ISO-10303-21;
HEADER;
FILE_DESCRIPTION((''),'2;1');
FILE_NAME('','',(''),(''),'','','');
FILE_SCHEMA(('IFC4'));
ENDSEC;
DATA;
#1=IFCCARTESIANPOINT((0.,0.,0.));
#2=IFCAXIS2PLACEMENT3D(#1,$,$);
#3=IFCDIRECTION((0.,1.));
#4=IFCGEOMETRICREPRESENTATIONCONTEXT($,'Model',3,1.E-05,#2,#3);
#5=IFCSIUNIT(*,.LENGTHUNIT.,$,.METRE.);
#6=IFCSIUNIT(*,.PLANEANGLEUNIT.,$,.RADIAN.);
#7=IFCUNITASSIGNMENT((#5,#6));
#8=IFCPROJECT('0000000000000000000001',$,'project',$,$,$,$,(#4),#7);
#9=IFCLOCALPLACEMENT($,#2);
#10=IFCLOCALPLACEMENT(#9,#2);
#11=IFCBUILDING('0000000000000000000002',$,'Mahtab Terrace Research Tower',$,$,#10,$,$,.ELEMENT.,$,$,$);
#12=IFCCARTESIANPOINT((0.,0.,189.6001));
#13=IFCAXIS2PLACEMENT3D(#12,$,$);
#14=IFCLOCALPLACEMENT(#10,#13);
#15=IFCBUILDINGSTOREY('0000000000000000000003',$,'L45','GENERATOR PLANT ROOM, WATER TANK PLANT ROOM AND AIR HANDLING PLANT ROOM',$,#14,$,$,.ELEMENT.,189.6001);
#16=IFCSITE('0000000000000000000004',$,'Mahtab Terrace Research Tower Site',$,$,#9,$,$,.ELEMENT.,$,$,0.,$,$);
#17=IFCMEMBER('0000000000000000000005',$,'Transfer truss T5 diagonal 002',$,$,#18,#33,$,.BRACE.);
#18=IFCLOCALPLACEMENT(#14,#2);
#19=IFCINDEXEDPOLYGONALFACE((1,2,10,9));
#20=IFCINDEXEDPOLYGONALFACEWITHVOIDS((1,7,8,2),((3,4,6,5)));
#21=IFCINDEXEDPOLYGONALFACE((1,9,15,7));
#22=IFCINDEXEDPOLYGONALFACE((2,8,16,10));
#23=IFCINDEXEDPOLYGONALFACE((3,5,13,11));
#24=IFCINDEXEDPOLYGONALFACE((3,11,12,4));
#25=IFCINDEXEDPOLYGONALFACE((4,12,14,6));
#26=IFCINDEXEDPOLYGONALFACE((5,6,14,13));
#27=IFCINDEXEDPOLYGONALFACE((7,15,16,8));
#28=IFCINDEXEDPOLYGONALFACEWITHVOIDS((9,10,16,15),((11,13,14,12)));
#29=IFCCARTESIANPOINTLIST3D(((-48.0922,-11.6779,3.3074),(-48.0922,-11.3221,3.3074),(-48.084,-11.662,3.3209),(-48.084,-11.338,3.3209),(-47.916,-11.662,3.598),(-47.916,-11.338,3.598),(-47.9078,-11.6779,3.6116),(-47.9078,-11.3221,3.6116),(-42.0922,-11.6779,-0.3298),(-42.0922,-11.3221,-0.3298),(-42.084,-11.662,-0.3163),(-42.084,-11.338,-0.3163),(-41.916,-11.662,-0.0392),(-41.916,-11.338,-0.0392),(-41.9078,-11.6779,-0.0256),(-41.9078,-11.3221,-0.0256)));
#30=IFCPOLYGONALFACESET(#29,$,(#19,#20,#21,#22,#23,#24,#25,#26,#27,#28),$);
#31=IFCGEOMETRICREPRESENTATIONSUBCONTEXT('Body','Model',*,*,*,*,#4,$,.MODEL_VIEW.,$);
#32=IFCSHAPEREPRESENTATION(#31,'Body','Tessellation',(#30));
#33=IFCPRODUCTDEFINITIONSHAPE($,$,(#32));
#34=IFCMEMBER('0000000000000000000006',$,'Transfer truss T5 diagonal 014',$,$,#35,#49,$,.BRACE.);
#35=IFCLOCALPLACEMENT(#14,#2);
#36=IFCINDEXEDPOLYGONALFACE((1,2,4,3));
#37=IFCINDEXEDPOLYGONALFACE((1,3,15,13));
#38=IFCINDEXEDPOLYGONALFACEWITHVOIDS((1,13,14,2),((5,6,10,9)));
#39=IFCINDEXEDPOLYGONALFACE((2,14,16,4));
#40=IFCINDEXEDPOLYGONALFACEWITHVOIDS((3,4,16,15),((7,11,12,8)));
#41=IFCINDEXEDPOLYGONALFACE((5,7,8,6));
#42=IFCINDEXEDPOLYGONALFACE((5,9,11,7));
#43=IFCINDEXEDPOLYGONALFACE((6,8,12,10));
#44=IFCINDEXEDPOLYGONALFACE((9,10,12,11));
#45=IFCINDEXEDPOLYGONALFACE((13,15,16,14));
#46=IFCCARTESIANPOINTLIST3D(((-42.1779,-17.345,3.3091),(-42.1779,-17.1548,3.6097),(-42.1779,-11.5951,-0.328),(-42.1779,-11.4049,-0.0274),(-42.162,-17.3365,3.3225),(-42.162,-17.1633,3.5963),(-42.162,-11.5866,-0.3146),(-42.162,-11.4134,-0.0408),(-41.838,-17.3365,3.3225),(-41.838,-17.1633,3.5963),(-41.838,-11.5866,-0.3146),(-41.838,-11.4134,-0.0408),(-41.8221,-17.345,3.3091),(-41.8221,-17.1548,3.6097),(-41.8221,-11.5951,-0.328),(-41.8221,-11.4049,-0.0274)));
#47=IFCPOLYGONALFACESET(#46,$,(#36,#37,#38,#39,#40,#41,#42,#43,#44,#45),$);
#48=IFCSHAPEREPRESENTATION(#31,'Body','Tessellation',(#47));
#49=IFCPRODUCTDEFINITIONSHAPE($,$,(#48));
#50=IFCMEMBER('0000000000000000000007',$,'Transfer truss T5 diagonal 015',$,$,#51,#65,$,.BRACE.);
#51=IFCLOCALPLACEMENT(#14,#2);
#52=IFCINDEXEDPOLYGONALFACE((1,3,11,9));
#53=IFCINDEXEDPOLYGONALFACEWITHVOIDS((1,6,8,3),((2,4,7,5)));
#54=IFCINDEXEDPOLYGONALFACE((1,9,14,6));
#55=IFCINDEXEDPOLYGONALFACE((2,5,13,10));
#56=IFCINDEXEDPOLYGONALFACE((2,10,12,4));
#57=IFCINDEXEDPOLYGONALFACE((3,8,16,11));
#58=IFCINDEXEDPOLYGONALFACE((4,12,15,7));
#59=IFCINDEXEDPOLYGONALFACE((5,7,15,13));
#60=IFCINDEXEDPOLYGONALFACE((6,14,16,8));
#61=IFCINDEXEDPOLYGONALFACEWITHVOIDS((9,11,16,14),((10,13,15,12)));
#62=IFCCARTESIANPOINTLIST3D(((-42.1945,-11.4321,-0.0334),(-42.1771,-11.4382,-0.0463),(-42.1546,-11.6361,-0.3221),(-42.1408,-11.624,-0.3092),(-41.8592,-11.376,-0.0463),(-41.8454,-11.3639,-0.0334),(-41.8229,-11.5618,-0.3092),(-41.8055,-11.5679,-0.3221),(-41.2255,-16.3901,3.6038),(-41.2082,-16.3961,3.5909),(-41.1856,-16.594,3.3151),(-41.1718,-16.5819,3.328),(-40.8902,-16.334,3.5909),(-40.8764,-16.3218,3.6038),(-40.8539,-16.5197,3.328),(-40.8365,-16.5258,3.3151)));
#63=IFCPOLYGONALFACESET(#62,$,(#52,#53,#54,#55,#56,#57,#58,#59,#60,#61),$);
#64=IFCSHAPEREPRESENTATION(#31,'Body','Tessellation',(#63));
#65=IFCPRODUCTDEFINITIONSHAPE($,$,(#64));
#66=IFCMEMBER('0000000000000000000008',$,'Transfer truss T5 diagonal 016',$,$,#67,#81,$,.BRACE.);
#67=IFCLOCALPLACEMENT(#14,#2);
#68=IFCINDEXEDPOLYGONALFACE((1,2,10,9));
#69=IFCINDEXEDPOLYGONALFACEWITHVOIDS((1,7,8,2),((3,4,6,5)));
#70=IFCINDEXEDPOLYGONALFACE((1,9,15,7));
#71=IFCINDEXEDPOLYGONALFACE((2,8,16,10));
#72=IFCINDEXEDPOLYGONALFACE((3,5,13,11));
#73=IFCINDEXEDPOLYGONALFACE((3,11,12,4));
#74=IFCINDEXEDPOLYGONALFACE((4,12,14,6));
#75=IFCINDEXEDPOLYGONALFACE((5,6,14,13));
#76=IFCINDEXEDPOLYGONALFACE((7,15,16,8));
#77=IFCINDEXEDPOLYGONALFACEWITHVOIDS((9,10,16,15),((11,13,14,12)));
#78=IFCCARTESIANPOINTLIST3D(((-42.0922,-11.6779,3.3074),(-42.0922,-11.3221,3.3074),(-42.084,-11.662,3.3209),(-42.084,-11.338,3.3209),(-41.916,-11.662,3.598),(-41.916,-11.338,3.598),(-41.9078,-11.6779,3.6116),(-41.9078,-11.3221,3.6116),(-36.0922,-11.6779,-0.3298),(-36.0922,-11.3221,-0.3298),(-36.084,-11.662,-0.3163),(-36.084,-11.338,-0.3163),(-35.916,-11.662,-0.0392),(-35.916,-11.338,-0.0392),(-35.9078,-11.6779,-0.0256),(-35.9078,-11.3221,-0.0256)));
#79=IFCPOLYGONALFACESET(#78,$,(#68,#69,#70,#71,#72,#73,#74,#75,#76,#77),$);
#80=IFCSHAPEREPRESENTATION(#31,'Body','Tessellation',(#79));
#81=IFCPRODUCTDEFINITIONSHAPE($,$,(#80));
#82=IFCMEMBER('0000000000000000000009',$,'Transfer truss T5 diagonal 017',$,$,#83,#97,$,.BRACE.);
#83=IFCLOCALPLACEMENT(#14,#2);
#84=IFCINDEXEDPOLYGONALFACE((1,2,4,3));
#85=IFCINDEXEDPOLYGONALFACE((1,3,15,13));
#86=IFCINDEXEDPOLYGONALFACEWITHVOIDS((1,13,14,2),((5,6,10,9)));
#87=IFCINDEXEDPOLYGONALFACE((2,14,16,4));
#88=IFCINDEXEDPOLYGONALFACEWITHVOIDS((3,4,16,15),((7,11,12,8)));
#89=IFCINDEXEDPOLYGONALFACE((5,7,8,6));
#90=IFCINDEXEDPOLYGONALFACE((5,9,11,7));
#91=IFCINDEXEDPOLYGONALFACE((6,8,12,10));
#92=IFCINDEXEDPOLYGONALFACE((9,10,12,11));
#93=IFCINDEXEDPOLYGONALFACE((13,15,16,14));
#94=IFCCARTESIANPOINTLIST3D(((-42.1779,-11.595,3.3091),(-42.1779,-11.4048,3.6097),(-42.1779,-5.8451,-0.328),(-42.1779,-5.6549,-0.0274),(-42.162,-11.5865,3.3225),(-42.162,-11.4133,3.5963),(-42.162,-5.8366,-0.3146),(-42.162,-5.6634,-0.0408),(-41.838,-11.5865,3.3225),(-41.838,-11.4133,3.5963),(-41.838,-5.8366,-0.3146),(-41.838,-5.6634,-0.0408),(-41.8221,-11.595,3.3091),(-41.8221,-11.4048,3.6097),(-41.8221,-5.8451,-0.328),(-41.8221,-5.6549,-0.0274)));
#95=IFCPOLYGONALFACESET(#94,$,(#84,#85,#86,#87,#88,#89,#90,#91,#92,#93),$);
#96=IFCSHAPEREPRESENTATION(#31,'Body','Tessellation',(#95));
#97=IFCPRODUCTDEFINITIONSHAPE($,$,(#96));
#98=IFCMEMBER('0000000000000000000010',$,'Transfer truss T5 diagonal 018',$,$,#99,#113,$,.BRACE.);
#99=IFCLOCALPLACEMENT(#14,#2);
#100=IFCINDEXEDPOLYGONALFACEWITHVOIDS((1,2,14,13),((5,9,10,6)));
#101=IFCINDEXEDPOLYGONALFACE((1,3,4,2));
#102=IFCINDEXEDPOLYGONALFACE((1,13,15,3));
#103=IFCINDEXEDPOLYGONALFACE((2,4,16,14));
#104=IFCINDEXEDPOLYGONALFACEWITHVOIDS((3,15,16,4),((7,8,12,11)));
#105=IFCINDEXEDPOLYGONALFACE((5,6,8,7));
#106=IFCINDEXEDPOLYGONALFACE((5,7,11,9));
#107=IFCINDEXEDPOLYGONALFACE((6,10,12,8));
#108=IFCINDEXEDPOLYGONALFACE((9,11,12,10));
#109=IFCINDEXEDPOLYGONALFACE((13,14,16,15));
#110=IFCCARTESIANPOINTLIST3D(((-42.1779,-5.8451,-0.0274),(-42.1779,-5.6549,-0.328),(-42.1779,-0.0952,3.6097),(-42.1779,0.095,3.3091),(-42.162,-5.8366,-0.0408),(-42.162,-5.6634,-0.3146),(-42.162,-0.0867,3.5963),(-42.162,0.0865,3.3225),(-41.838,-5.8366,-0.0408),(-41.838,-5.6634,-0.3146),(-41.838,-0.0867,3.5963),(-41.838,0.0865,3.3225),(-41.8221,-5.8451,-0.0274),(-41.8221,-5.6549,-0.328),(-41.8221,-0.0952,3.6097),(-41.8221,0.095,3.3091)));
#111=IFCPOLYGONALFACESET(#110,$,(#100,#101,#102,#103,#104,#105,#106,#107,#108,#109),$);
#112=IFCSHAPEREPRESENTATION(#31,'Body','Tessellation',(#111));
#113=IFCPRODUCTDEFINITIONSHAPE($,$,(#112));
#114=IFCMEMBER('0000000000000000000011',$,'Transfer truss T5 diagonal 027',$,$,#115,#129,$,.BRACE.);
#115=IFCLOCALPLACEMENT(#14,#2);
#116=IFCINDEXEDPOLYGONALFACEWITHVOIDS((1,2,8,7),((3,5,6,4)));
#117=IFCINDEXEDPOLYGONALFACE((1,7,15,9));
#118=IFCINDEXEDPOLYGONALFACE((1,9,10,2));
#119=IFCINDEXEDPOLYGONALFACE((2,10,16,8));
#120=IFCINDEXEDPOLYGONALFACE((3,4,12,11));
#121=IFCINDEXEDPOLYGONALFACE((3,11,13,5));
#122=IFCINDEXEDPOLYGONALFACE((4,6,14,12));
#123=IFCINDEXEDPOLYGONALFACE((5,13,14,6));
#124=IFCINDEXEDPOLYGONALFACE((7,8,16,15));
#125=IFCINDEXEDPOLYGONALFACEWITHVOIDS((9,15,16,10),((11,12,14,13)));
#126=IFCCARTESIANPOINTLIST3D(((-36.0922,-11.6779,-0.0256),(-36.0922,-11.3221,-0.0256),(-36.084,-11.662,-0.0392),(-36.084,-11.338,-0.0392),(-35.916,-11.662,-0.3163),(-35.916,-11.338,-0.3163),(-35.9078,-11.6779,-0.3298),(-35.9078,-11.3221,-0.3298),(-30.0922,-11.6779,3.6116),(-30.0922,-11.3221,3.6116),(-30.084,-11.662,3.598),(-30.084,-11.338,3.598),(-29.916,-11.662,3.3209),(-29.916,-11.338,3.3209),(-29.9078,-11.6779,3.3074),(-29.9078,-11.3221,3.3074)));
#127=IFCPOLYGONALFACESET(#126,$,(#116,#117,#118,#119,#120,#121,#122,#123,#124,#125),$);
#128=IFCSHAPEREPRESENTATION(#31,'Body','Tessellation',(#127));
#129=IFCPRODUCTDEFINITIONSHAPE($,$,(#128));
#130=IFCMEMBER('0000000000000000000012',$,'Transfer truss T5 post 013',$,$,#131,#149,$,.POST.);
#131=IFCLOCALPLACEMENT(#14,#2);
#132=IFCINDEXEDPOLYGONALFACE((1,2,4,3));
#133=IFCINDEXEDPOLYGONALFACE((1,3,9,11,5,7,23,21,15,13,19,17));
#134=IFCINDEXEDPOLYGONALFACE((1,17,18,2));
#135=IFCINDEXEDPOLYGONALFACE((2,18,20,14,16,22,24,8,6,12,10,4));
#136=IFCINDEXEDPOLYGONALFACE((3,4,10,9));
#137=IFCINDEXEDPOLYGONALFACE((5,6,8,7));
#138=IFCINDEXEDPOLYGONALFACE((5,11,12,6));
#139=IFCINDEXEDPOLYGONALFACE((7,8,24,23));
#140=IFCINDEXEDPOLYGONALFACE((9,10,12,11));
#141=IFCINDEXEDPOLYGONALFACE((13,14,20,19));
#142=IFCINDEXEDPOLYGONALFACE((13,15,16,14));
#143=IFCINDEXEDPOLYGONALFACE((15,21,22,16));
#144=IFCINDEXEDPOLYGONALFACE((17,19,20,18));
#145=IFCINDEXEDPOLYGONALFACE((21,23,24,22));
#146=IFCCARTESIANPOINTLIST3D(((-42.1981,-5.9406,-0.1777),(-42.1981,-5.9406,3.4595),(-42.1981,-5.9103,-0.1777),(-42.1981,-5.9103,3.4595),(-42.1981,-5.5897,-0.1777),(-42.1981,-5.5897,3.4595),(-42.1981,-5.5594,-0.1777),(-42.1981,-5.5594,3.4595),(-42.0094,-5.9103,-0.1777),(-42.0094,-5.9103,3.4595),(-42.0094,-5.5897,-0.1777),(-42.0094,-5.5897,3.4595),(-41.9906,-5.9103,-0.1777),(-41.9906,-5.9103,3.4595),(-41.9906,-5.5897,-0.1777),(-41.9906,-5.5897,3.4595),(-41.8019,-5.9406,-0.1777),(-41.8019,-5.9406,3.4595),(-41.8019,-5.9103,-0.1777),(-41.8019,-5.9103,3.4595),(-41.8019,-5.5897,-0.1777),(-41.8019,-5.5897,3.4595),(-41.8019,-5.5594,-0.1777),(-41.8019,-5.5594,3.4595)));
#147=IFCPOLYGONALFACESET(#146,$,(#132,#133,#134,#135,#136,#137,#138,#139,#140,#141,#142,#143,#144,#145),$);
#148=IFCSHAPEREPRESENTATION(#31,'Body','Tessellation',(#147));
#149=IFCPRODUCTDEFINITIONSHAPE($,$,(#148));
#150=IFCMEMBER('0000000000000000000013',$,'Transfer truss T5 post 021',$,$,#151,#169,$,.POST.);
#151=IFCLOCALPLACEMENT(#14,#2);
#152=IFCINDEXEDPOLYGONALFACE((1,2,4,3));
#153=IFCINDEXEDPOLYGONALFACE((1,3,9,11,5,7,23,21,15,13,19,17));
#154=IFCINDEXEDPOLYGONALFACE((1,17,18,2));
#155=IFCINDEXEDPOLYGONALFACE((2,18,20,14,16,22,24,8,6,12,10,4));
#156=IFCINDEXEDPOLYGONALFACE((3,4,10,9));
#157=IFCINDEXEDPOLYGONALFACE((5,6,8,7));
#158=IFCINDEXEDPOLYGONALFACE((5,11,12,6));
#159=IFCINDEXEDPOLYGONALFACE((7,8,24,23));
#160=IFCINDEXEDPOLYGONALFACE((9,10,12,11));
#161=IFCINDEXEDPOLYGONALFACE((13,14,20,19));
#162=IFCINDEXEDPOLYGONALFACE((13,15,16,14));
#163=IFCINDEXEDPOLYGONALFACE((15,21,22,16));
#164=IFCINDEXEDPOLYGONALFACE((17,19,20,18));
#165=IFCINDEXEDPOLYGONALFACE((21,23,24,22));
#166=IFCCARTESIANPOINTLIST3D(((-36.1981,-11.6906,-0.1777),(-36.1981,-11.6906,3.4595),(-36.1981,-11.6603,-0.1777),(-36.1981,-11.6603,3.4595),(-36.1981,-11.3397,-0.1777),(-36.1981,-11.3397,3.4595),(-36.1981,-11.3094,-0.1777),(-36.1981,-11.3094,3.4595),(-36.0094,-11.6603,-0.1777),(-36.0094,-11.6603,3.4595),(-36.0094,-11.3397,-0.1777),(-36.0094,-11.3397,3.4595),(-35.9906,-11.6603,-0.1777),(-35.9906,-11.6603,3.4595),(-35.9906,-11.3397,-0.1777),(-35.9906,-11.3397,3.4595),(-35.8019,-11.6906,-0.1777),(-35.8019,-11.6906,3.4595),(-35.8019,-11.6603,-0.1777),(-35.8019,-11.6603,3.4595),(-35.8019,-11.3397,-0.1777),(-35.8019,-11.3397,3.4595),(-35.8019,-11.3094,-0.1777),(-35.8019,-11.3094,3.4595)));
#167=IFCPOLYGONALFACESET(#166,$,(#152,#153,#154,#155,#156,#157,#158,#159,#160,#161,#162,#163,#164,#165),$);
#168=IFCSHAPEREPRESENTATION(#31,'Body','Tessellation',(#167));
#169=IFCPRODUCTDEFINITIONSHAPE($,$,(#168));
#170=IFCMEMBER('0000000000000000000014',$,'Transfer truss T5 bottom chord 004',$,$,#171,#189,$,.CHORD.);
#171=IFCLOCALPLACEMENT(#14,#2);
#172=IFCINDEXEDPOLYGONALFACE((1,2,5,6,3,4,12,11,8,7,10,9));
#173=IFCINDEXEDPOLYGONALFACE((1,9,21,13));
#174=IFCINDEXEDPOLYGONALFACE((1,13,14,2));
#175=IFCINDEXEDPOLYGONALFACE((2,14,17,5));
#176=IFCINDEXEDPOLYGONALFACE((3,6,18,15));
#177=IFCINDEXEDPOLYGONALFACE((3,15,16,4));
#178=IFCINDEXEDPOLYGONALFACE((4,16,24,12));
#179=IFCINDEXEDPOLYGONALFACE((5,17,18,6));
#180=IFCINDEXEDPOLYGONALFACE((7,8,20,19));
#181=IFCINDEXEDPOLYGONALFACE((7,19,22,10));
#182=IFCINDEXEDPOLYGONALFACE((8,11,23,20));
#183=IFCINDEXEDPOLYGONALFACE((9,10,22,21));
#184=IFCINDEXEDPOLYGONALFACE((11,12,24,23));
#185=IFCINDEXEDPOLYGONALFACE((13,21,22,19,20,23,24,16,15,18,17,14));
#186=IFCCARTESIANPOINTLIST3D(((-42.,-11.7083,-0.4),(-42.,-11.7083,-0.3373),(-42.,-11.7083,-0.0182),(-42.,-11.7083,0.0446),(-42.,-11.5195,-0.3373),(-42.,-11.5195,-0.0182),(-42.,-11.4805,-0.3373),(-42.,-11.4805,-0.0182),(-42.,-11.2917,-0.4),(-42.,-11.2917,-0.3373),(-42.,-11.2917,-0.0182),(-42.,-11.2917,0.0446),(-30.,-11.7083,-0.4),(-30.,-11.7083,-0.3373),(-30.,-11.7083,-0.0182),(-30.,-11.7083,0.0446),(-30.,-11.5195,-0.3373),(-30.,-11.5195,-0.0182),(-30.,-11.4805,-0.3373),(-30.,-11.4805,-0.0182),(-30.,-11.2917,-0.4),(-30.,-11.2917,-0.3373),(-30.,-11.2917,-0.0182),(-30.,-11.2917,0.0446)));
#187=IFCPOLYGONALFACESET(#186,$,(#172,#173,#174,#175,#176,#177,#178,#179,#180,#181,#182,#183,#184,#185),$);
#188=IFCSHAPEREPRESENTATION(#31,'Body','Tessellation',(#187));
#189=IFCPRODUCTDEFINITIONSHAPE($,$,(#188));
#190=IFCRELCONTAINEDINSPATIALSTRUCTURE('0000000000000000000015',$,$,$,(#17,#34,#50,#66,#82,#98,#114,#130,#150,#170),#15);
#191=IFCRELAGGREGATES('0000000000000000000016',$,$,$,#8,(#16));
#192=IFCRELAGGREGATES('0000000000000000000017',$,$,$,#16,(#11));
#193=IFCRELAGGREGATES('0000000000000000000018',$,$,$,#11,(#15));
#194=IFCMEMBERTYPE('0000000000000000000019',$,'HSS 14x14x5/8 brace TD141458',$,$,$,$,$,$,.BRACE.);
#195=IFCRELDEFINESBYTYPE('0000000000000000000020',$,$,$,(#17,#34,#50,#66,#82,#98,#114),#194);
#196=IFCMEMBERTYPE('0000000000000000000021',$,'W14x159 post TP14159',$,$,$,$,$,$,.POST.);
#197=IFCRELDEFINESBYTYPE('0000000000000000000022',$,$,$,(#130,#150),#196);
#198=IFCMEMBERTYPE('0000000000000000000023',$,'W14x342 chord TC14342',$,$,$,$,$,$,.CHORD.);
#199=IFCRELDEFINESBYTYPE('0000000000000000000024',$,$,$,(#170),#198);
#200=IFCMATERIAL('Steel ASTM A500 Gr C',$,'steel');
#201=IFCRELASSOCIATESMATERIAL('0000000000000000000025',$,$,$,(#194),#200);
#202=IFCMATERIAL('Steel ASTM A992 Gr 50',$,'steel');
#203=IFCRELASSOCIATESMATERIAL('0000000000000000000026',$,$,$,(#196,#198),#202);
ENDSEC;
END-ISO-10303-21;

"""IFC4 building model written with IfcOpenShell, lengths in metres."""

from ifc_helpers import new_model, si_unit, direction, frame, origin, origin_2d, place, context, subcontext, project, spatial, hollow_rectangle, i_section, extrude, material, material_profile, profile_set, type_object, element, save


model = new_model("IFC4")

# Units and contexts
model_context = context("Model", 3, precision=1e-05, world=origin(), true_north=direction((0.0, 1.0)))
body_context = subcontext(model_context, "Body", "Model", "MODEL_VIEW")
ifc_project = project(units=[si_unit("LENGTHUNIT", "METRE"), si_unit("PLANEANGLEUNIT", "RADIAN")], contexts=[model_context])

# Site, building, storey
site_placement = place(None, origin())
site = spatial("IfcSite", under=ifc_project, at=site_placement, Name="Mahtab Terrace Research Tower Site", CompositionType="ELEMENT", RefElevation=0.0)
building_placement = place(site_placement, origin())
building = spatial("IfcBuilding", under=site, at=building_placement, Name="Mahtab Terrace Research Tower", CompositionType="ELEMENT")
storey_placement = place(building_placement, frame((0.0, 0.0, 189.6001)))
storey = spatial("IfcBuildingStorey", under=building, at=storey_placement, Name="L45", Description="GENERATOR PLANT ROOM, WATER TANK PLANT ROOM AND AIR HANDLING PLANT ROOM", CompositionType="ELEMENT", Elevation=189.6001)

# Members
ifc_material_1 = material(Name="Steel ASTM A500 Gr C", Category="steel")
ifc_material_profile_1 = material_profile(ifc_material_1, hollow_rectangle(XDim=0.3557, YDim=0.3557, WallThickness=0.0159, at=origin_2d()), Name="HSS14X14X5/8")
ifc_profile_set_1 = profile_set([ifc_material_profile_1], Name="Steel ASTM A500 Gr C")
member_type_1 = type_object("IfcMemberType", Name="HSS 14x14x5/8 brace TD141458", PredefinedType="BRACE", material=ifc_profile_set_1)
member_1_placement = place(storey_placement, frame((-42.0, -11.5, -0.1777), z_axis=(-0.855145, 0.0, 0.51839), x_axis=(0.0, -1.0, 0.0)))
element("IfcMember", 1, at=member_1_placement, inside=storey, type_object=member_type_1, Name="Transfer truss T5 diagonal 002", PredefinedType="BRACE", context=body_context, shape_type="SweptSolid", body=[
    extrude(hollow_rectangle(XDim=0.3557, YDim=0.3557, WallThickness=0.0159, at=origin_2d()), origin(), (0.0, 0.0, 1.0), 7.0164),
])
member_2_placement = place(storey_placement, frame((-42.0, -11.5, -0.1777), z_axis=(0.0, -0.845115, 0.534584), x_axis=(1.0, 0.0, 0.0)))
element("IfcMember", 2, at=member_2_placement, inside=storey, type_object=member_type_1, Name="Transfer truss T5 diagonal 014", PredefinedType="BRACE", context=body_context, shape_type="SweptSolid", body=[
    extrude(hollow_rectangle(XDim=0.3557, YDim=0.3557, WallThickness=0.0159, at=origin_2d()), origin(), (0.0, 0.0, 1.0), 6.8037),
])
member_3_placement = place(storey_placement, frame((-42.0, -11.5, -0.1777), z_axis=(0.155663, -0.796473, 0.584294), x_axis=(0.981432, 0.191811, 0.0)))
element("IfcMember", 3, at=member_3_placement, inside=storey, type_object=member_type_1, Name="Transfer truss T5 diagonal 015", PredefinedType="BRACE", context=body_context, shape_type="SweptSolid", body=[
    extrude(hollow_rectangle(XDim=0.3557, YDim=0.3557, WallThickness=0.0159, at=origin_2d()), origin(), (0.0, 0.0, 1.0), 6.2249),
])
member_4_placement = place(storey_placement, frame((-36.0, -11.5, -0.1777), z_axis=(-0.855145, 0.0, 0.51839), x_axis=(0.0, -1.0, 0.0)))
element("IfcMember", 4, at=member_4_placement, inside=storey, type_object=member_type_1, Name="Transfer truss T5 diagonal 016", PredefinedType="BRACE", context=body_context, shape_type="SweptSolid", body=[
    extrude(hollow_rectangle(XDim=0.3557, YDim=0.3557, WallThickness=0.0159, at=origin_2d()), origin(), (0.0, 0.0, 1.0), 7.0164),
])
for number, where, z_axis, x_axis, name in (
    (5, (-42.0, -5.75, -0.1777), (0.0, -0.845115, 0.534584), (1.0, 0.0, 0.0), "Transfer truss T5 diagonal 017"),
    (6, (-42.0, -5.75, -0.1777), (0.0, 0.845115, 0.534584), (-1.0, 0.0, 0.0), "Transfer truss T5 diagonal 018"),
):
    element("IfcMember", number, at=place(storey_placement, frame(where, z_axis=z_axis, x_axis=x_axis)), inside=storey, type_object=member_type_1, Name=name, PredefinedType="BRACE", context=body_context, shape_type="SweptSolid", body=[
        extrude(hollow_rectangle(XDim=0.3557, YDim=0.3557, WallThickness=0.0159, at=origin_2d()), origin(), (0.0, 0.0, 1.0), 6.8037),
    ])
member_5_placement = place(storey_placement, frame((-36.0, -11.5, -0.1777), z_axis=(0.855145, 0.0, 0.51839), x_axis=(0.0, 1.0, 0.0)))
element("IfcMember", 7, at=member_5_placement, inside=storey, type_object=member_type_1, Name="Transfer truss T5 diagonal 027", PredefinedType="BRACE", context=body_context, shape_type="SweptSolid", body=[
    extrude(hollow_rectangle(XDim=0.3557, YDim=0.3557, WallThickness=0.0159, at=origin_2d()), origin(), (0.0, 0.0, 1.0), 7.0164),
])
ifc_material_2 = material(Name="Steel ASTM A992 Gr 50", Category="steel")
ifc_material_profile_2 = material_profile(ifc_material_2, i_section(OverallWidth=0.3962, OverallDepth=0.3811, WebThickness=0.0188, FlangeThickness=0.0303, at=origin_2d()), Name="W14X159")
ifc_profile_set_2 = profile_set([ifc_material_profile_2], Name="Steel ASTM A992 Gr 50")
member_type_2 = type_object("IfcMemberType", Name="W14x159 post TP14159", PredefinedType="POST", material=ifc_profile_set_2)
for number, where, z_axis, x_axis, name in (
    (8, (-42.0, -5.75, -0.1777), (0.0, 0.0, 1.0), (1.0, 0.0, 0.0), "Transfer truss T5 post 013"),
    (9, (-36.0, -11.5, -0.1777), (0.0, 0.0, 1.0), (1.0, 0.0, 0.0), "Transfer truss T5 post 021"),
):
    element("IfcMember", number, at=place(storey_placement, frame(where, z_axis=z_axis, x_axis=x_axis)), inside=storey, type_object=member_type_2, Name=name, PredefinedType="POST", context=body_context, shape_type="SweptSolid", body=[
        extrude(i_section(OverallWidth=0.3962, OverallDepth=0.3811, WebThickness=0.0188, FlangeThickness=0.0303, at=origin_2d()), origin(), (0.0, 0.0, 1.0), 3.6372),
    ])
ifc_material_profile_3 = material_profile(ifc_material_2, i_section(OverallWidth=0.4165, OverallDepth=0.4446, WebThickness=0.0391, FlangeThickness=0.0627, at=origin_2d()), Name="W14X342")
ifc_profile_set_3 = profile_set([ifc_material_profile_3], Name="Steel ASTM A992 Gr 50")
member_type_3 = type_object("IfcMemberType", Name="W14x342 chord TC14342", PredefinedType="CHORD", material=ifc_profile_set_3)
member_6_placement = place(storey_placement, frame((-42.0, -11.5, -0.1777), z_axis=(1.0, 0.0, 0.0), x_axis=(0.0, 1.0, 0.0)))
element("IfcMember", 10, at=member_6_placement, inside=storey, type_object=member_type_3, Name="Transfer truss T5 bottom chord 004", PredefinedType="CHORD", context=body_context, shape_type="SweptSolid", body=[
    extrude(i_section(OverallWidth=0.4165, OverallDepth=0.4446, WebThickness=0.0391, FlangeThickness=0.0627, at=origin_2d()), origin(), (0.0, 0.0, 1.0), 12.0),
])

save(model, "model.ifc")
